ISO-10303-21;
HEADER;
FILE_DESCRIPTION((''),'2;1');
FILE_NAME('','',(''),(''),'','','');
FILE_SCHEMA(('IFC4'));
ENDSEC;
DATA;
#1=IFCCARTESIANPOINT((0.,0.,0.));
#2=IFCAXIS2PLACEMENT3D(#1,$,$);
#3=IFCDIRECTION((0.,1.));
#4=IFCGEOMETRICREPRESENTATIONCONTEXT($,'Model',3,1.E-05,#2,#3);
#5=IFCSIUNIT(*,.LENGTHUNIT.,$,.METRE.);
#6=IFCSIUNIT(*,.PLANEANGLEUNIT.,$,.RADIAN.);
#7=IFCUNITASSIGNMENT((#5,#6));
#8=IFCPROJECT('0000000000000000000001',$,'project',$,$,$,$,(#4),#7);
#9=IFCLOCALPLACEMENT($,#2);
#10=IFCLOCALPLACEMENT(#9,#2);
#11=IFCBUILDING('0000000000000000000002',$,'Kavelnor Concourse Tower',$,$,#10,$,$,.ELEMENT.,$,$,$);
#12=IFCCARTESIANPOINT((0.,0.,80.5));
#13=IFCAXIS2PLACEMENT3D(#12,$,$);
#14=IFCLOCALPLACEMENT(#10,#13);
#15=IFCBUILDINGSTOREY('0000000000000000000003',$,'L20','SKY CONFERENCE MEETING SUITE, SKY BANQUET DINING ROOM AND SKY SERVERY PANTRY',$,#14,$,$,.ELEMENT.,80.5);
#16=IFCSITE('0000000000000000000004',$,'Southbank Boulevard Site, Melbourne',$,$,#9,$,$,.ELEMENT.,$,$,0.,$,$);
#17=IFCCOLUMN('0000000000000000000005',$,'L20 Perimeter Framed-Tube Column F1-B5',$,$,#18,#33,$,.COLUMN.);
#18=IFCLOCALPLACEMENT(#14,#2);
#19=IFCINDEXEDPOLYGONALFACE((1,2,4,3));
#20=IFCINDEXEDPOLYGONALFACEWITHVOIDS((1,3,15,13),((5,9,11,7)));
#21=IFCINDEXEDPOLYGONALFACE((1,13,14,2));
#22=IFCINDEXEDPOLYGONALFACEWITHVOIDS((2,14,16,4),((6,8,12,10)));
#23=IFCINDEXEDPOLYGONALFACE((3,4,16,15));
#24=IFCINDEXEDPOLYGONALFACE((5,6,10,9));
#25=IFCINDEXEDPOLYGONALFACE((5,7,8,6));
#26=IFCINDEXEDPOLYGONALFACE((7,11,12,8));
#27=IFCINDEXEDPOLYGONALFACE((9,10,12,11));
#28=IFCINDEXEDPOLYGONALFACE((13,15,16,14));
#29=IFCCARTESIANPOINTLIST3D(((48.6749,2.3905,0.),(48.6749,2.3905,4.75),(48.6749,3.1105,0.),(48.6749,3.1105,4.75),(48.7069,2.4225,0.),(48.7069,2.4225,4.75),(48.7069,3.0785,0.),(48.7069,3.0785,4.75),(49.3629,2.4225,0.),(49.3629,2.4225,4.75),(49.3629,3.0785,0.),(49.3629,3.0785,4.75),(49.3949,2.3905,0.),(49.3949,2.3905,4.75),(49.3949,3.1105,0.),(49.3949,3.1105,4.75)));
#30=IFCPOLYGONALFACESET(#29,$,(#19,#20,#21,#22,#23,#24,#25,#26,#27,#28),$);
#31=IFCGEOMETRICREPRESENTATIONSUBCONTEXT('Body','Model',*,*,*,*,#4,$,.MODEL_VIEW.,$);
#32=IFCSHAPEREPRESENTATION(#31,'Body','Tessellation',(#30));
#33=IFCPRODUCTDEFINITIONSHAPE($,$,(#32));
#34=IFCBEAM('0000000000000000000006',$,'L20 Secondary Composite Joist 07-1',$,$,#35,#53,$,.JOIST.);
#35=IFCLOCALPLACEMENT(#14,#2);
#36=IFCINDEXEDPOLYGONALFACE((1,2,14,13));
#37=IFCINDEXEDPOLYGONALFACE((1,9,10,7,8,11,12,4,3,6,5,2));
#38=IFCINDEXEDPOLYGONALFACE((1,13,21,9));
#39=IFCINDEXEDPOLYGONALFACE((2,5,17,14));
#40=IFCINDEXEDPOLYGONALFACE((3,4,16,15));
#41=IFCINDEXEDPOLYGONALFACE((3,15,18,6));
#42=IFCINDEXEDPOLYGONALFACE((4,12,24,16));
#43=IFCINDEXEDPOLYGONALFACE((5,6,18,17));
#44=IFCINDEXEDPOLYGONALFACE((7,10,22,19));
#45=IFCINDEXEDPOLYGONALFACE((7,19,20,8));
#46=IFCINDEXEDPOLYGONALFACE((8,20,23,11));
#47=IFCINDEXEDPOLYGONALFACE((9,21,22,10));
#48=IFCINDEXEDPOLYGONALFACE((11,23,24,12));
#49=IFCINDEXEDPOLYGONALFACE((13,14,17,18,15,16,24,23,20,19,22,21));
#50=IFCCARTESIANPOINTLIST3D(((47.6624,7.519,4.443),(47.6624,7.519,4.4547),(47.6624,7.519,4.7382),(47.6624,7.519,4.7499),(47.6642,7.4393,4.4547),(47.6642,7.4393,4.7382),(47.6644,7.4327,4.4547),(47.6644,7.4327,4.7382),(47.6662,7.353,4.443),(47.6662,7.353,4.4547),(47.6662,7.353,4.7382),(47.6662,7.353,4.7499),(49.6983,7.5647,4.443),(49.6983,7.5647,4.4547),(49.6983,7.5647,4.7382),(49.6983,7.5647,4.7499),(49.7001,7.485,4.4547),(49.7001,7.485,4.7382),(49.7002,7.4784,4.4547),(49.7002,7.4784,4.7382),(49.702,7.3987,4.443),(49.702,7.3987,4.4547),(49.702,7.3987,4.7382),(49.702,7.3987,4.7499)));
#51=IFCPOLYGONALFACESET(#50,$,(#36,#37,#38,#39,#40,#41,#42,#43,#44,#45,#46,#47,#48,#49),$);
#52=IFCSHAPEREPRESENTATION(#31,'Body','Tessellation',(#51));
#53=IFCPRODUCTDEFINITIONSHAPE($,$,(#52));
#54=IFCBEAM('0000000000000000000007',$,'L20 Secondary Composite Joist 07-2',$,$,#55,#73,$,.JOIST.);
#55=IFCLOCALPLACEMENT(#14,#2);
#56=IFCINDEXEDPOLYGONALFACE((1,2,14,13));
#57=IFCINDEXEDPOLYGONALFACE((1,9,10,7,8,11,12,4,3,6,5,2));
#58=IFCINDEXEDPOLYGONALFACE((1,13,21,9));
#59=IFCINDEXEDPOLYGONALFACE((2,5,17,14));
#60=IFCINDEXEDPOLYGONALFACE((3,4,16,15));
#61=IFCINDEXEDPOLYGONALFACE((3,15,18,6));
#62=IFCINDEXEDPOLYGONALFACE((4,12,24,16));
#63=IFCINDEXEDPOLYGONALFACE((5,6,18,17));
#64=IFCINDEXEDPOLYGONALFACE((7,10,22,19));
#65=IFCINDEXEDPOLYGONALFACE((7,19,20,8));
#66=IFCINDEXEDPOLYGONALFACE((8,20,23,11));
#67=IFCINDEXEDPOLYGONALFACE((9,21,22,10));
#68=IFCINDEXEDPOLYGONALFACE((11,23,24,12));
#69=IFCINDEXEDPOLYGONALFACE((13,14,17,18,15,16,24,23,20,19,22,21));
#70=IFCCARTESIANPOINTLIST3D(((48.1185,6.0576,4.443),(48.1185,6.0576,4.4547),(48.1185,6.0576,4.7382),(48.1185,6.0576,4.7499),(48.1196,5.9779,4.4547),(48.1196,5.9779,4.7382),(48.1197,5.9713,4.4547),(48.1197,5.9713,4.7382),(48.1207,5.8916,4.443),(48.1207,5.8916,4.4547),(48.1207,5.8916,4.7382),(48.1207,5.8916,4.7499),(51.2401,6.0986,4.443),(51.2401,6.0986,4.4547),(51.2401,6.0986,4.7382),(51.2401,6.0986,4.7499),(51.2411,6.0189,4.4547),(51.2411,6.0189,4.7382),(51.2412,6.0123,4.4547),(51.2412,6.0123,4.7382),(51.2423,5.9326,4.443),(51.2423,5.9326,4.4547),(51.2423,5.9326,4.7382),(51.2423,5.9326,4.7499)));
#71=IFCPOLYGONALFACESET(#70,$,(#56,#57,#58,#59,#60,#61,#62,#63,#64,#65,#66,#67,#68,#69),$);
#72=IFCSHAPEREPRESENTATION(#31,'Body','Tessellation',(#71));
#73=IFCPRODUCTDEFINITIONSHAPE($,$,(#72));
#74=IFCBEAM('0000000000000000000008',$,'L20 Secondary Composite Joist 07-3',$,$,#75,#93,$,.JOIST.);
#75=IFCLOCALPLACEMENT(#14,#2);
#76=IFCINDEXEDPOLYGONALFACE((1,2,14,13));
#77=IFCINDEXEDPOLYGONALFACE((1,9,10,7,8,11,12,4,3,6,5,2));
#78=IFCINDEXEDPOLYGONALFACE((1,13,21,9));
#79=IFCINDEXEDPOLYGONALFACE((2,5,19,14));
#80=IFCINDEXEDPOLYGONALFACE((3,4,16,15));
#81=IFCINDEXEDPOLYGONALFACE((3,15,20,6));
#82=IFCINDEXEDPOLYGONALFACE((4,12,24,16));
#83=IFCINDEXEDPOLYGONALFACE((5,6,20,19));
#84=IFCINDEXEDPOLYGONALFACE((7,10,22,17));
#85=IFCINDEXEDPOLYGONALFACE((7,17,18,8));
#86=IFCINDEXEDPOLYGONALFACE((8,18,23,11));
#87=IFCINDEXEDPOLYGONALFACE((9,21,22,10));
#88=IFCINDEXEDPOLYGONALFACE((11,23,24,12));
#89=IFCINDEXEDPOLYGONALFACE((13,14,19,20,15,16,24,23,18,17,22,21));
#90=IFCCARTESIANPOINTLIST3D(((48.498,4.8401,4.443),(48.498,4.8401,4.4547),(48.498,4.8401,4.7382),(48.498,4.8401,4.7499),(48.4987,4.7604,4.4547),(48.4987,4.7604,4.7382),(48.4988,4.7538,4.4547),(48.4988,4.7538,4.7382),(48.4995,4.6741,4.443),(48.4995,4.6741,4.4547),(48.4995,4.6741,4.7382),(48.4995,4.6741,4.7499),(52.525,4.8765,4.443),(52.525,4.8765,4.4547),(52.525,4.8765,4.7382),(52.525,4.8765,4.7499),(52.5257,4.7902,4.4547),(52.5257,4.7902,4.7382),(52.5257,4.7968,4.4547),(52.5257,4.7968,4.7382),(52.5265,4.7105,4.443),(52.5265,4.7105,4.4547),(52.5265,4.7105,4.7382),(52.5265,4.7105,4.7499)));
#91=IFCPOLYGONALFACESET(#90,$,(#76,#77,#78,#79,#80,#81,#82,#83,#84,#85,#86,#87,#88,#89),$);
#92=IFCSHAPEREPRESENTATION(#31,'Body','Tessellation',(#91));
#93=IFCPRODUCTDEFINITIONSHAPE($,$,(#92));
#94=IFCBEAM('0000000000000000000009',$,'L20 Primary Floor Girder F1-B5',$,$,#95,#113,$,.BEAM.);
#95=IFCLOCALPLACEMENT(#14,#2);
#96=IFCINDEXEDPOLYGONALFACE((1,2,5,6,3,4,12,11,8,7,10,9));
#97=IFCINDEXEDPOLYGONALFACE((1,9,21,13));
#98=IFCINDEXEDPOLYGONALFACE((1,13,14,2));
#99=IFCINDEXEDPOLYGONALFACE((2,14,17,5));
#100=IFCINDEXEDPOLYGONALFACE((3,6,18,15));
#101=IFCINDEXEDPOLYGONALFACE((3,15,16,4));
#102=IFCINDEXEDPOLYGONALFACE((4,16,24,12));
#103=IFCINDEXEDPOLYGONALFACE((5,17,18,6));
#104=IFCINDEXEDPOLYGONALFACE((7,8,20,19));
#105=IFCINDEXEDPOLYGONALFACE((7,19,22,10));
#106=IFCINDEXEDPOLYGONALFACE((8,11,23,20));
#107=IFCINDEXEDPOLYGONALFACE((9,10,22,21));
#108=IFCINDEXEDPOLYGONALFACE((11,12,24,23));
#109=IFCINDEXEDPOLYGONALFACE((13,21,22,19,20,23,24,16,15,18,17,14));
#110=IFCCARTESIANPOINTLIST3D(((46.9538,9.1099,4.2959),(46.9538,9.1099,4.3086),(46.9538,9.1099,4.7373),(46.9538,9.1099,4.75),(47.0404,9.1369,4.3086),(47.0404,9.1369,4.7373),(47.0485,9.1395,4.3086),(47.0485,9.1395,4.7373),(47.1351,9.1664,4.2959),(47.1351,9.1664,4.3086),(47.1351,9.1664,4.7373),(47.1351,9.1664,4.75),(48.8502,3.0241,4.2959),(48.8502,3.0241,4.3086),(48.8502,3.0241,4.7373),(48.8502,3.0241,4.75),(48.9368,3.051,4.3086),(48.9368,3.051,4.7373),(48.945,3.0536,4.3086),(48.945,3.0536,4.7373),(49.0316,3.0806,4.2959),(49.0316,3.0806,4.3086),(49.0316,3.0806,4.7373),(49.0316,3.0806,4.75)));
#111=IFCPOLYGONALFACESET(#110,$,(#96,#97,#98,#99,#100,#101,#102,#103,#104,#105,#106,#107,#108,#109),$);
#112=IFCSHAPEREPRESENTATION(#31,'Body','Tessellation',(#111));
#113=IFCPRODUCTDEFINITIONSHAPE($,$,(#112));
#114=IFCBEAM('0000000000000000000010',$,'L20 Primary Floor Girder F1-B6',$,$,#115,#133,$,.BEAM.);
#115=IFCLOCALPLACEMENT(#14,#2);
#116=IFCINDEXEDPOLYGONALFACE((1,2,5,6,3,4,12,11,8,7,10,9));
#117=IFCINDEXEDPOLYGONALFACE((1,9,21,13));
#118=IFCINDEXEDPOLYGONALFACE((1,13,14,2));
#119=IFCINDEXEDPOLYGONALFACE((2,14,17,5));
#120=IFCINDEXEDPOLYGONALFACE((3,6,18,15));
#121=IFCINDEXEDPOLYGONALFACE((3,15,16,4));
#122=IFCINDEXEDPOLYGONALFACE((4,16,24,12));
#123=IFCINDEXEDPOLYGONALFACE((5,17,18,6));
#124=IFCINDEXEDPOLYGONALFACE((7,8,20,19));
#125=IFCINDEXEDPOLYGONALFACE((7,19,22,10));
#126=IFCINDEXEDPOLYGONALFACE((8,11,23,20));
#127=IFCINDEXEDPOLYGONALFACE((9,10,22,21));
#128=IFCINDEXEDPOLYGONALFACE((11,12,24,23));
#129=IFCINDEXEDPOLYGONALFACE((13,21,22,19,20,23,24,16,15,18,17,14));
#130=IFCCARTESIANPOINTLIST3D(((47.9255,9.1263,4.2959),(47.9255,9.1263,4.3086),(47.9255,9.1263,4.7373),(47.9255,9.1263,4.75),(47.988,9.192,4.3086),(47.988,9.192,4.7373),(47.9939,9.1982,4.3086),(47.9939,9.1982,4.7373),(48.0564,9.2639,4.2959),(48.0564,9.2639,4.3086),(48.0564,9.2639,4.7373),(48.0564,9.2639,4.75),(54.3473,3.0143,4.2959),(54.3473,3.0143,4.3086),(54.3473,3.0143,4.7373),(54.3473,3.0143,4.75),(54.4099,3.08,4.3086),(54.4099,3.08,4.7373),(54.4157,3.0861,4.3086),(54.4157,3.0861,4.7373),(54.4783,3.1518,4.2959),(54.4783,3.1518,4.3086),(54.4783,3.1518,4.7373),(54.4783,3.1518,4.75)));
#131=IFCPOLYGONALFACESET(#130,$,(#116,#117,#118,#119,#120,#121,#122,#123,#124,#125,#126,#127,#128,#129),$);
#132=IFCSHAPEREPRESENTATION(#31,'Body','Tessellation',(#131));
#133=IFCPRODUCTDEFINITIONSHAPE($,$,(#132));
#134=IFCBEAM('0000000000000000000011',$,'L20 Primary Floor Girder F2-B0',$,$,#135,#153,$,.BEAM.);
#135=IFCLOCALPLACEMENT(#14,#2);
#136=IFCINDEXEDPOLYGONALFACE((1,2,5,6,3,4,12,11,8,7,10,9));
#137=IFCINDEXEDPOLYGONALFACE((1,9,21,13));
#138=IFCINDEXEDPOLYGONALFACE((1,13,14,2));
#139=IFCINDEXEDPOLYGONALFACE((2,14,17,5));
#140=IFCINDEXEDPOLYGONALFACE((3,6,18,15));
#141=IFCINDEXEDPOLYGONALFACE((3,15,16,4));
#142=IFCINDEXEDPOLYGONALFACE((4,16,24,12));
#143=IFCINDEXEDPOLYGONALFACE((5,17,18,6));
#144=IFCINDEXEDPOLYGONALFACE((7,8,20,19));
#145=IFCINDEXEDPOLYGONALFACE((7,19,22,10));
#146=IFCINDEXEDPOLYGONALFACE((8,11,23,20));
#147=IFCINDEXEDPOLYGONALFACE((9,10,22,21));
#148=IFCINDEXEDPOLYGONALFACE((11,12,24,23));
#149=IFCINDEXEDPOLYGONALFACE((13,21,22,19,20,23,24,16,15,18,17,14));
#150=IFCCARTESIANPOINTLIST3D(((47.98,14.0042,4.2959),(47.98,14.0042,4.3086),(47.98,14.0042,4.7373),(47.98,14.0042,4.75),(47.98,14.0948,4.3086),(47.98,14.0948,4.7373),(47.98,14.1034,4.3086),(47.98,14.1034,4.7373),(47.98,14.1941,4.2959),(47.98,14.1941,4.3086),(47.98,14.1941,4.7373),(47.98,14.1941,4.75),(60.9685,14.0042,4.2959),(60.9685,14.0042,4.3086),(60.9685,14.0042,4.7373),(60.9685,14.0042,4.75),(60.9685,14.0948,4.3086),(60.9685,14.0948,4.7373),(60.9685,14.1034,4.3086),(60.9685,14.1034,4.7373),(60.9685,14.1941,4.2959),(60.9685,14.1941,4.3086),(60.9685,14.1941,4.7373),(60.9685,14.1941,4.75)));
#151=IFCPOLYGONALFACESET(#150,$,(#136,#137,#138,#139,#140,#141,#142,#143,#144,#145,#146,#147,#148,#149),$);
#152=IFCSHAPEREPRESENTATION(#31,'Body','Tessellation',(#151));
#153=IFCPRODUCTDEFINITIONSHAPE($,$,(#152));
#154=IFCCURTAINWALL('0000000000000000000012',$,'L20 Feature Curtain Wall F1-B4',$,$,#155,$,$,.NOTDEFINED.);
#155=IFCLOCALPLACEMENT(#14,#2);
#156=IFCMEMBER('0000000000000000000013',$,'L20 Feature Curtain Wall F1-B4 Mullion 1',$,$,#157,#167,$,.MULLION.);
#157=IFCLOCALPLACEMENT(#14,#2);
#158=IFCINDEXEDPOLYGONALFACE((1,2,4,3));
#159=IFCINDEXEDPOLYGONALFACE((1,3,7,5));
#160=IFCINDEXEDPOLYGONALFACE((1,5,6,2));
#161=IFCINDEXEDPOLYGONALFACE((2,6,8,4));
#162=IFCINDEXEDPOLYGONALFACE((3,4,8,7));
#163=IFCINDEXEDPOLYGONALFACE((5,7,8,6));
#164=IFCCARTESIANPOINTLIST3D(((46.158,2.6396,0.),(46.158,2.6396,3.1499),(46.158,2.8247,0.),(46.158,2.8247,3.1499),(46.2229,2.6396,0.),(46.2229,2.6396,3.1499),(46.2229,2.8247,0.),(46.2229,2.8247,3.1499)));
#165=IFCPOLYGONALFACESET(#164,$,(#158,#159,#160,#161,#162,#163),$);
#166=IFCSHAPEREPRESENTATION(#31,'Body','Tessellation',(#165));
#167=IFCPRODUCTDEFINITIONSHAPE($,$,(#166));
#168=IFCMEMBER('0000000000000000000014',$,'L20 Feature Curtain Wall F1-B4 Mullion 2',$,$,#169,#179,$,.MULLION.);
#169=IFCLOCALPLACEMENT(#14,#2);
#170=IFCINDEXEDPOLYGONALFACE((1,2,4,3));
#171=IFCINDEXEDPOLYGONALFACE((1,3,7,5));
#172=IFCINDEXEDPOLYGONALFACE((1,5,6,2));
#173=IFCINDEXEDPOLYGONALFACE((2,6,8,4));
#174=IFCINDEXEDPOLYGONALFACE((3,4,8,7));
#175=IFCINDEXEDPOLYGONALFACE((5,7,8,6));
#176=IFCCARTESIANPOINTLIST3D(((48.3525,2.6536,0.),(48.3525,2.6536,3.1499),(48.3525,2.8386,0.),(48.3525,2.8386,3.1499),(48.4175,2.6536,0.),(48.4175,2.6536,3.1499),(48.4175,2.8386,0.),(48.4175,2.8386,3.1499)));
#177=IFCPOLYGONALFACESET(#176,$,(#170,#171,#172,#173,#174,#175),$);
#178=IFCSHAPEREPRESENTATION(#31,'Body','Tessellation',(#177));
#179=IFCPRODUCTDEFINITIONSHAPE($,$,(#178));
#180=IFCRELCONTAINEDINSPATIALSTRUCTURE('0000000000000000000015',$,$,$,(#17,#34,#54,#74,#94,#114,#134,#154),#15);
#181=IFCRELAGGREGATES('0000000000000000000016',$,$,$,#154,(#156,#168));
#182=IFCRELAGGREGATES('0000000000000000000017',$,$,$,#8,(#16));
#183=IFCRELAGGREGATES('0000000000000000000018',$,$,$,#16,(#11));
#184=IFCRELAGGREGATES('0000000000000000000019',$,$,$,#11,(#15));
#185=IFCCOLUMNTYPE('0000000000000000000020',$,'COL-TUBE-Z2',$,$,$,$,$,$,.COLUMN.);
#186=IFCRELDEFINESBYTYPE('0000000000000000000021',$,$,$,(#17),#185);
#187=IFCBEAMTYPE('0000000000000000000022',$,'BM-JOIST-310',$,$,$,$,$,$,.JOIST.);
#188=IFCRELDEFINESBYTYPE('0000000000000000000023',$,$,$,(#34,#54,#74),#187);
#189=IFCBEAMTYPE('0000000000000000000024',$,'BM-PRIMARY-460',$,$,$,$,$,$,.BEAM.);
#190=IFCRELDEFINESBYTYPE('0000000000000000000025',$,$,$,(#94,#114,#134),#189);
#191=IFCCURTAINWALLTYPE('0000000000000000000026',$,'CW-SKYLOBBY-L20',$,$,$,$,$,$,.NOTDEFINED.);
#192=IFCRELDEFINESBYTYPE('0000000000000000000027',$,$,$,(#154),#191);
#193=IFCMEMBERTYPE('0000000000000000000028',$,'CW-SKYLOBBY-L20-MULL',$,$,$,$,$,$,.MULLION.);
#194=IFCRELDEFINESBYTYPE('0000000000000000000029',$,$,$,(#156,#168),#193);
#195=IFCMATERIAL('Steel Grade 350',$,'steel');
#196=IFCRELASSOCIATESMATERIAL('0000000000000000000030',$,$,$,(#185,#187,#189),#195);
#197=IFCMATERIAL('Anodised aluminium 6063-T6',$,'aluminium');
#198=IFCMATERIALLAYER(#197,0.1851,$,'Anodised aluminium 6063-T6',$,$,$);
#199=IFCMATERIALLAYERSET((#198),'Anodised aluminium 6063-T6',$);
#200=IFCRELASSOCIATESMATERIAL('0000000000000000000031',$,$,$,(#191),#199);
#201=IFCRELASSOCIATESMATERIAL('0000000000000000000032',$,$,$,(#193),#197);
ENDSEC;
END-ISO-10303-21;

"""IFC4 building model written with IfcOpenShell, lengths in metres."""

from ifc_helpers import new_model, si_unit, direction, frame, origin, origin_2d, place, context, subcontext, project, spatial, rectangle, hollow_rectangle, i_section, extrude, material, layer, layer_set, material_profile, profile_set, type_object, element, aggregate, save


model = new_model("IFC4")

# Units and contexts
model_context = context("Model", 3, precision=1e-05, world=origin(), true_north=direction((0.0, 1.0)))
body_context = subcontext(model_context, "Body", "Model", "MODEL_VIEW")
ifc_project = project(units=[si_unit("LENGTHUNIT", "METRE"), si_unit("PLANEANGLEUNIT", "RADIAN")], contexts=[model_context])

# Site, building, storey
site_placement = place(None, origin())
site = spatial("IfcSite", under=ifc_project, at=site_placement, Name="Southbank Boulevard Site, Melbourne", CompositionType="ELEMENT", RefElevation=0.0)
building_placement = place(site_placement, origin())
building = spatial("IfcBuilding", under=site, at=building_placement, Name="Kavelnor Concourse Tower", CompositionType="ELEMENT")
storey_placement = place(building_placement, frame((0.0, 0.0, 80.5)))
storey = spatial("IfcBuildingStorey", under=building, at=storey_placement, Name="L20", Description="SKY CONFERENCE MEETING SUITE, SKY BANQUET DINING ROOM AND SKY SERVERY PANTRY", CompositionType="ELEMENT", Elevation=80.5)

# Column
ifc_material_1 = material(Name="Steel Grade 350", Category="steel")
ifc_material_profile_1 = material_profile(ifc_material_1, hollow_rectangle(XDim=0.72, YDim=0.72, WallThickness=0.032, at=origin_2d()), Name="SHS 720x720x32")
ifc_profile_set_1 = profile_set([ifc_material_profile_1], Name="Steel Grade 350")
column_type = type_object("IfcColumnType", Name="COL-TUBE-Z2", PredefinedType="COLUMN", material=ifc_profile_set_1)
column_placement = place(storey_placement, frame((49.0349, 2.7505, 0.0), z_axis=(0.0, 0.0, 1.0), x_axis=(1.0, 0.0, 0.0)))
element("IfcColumn", 1, at=column_placement, inside=storey, type_object=column_type, Name="L20 Perimeter Framed-Tube Column F1-B5", PredefinedType="COLUMN", context=body_context, shape_type="SweptSolid", body=[
    extrude(hollow_rectangle(XDim=0.72, YDim=0.72, WallThickness=0.032, at=origin_2d()), origin(), (0.0, 0.0, 1.0), 4.75),
])

# Beams
ifc_material_profile_2 = material_profile(ifc_material_1, i_section(OverallWidth=0.166, OverallDepth=0.3069, WebThickness=0.0066, FlangeThickness=0.0117, at=origin_2d()), Name="310UB46")
ifc_profile_set_2 = profile_set([ifc_material_profile_2], Name="Steel Grade 350")
beam_type_1 = type_object("IfcBeamType", Name="BM-JOIST-310", PredefinedType="JOIST", material=ifc_profile_set_2)
beam_1_placement = place(storey_placement, frame((47.6643, 7.436, 4.5964), z_axis=(0.999749, 0.022419, 0.0), x_axis=(-0.022419, 0.999749, 0.0)))
element("IfcBeam", 2, at=beam_1_placement, inside=storey, type_object=beam_type_1, Name="L20 Secondary Composite Joist 07-1", PredefinedType="JOIST", context=body_context, shape_type="SweptSolid", body=[
    extrude(i_section(OverallWidth=0.166, OverallDepth=0.3069, WebThickness=0.0066, FlangeThickness=0.0117, at=origin_2d()), origin(), (0.0, 0.0, 1.0), 2.0364),
])
beam_2_placement = place(storey_placement, frame((48.1196, 5.9746, 4.5964), z_axis=(0.999914, 0.013138, 0.0), x_axis=(-0.013138, 0.999914, 0.0)))
element("IfcBeam", 3, at=beam_2_placement, inside=storey, type_object=beam_type_1, Name="L20 Secondary Composite Joist 07-2", PredefinedType="JOIST", context=body_context, shape_type="SweptSolid", body=[
    extrude(i_section(OverallWidth=0.166, OverallDepth=0.3069, WebThickness=0.0066, FlangeThickness=0.0117, at=origin_2d()), origin(), (0.0, 0.0, 1.0), 3.1218),
])
beam_3_placement = place(storey_placement, frame((48.4988, 4.7571, 4.5964), z_axis=(0.999959, 0.009033, 0.0), x_axis=(-0.009033, 0.999959, 0.0)))
element("IfcBeam", 4, at=beam_3_placement, inside=storey, type_object=beam_type_1, Name="L20 Secondary Composite Joist 07-3", PredefinedType="JOIST", context=body_context, shape_type="SweptSolid", body=[
    extrude(i_section(OverallWidth=0.166, OverallDepth=0.3069, WebThickness=0.0066, FlangeThickness=0.0117, at=origin_2d()), origin(), (0.0, 0.0, 1.0), 4.0271),
])
ifc_material_profile_3 = material_profile(ifc_material_1, i_section(OverallWidth=0.1899, OverallDepth=0.4541, WebThickness=0.0085, FlangeThickness=0.0127, at=origin_2d()), Name="460UB67")
ifc_profile_set_3 = profile_set([ifc_material_profile_3], Name="Steel Grade 350")
beam_type_2 = type_object("IfcBeamType", Name="BM-PRIMARY-460", PredefinedType="BEAM", material=ifc_profile_set_3)
beam_4_placement = place(storey_placement, frame((47.0444, 9.1382, 4.5229), z_axis=(0.297507, -0.95472, 0.0), x_axis=(0.95472, 0.297507, 0.0)))
element("IfcBeam", 5, at=beam_4_placement, inside=storey, type_object=beam_type_2, Name="L20 Primary Floor Girder F1-B5", PredefinedType="BEAM", context=body_context, shape_type="SweptSolid", body=[
    extrude(i_section(OverallWidth=0.1899, OverallDepth=0.4541, WebThickness=0.0085, FlangeThickness=0.0127, at=origin_2d()), origin(), (0.0, 0.0, 1.0), 6.3745),
])
beam_5_placement = place(storey_placement, frame((47.991, 9.1951, 4.5229), z_axis=(0.724364, -0.689418, 0.0), x_axis=(0.689418, 0.724364, 0.0)))
element("IfcBeam", 6, at=beam_5_placement, inside=storey, type_object=beam_type_2, Name="L20 Primary Floor Girder F1-B6", PredefinedType="BEAM", context=body_context, shape_type="SweptSolid", body=[
    extrude(i_section(OverallWidth=0.1899, OverallDepth=0.4541, WebThickness=0.0085, FlangeThickness=0.0127, at=origin_2d()), origin(), (0.0, 0.0, 1.0), 8.8655),
])
beam_6_placement = place(storey_placement, frame((47.98, 14.0991, 4.5229), z_axis=(1.0, 0.0, 0.0), x_axis=(0.0, 1.0, 0.0)))
element("IfcBeam", 7, at=beam_6_placement, inside=storey, type_object=beam_type_2, Name="L20 Primary Floor Girder F2-B0", PredefinedType="BEAM", context=body_context, shape_type="SweptSolid", body=[
    extrude(i_section(OverallWidth=0.1899, OverallDepth=0.4541, WebThickness=0.0085, FlangeThickness=0.0127, at=origin_2d()), origin(), (0.0, 0.0, 1.0), 12.9885),
])

# Curtain wall, members
ifc_material_2 = material(Name="Anodised aluminium 6063-T6", Category="aluminium")
ifc_layer_1 = layer(ifc_material_2, 0.1851, Name="Anodised aluminium 6063-T6")
ifc_layer_set_1 = layer_set([ifc_layer_1], Name="Anodised aluminium 6063-T6")
curtain_wall_type = type_object("IfcCurtainWallType", Name="CW-SKYLOBBY-L20", PredefinedType="NOTDEFINED", material=ifc_layer_set_1)
curtain_wall_placement = place(storey_placement, origin())
curtain_wall = element("IfcCurtainWall", 8, at=curtain_wall_placement, inside=storey, type_object=curtain_wall_type, Name="L20 Feature Curtain Wall F1-B4", PredefinedType="NOTDEFINED")
ifc_material_profile_4 = material_profile(ifc_material_2, rectangle(XDim=0.0649, YDim=0.1851, at=origin_2d()), Name="AL-MULL 65x185")
ifc_profile_set_4 = profile_set([ifc_material_profile_4], Name="Anodised aluminium 6063-T6")
member_type = type_object("IfcMemberType", Name="CW-SKYLOBBY-L20-MULL", PredefinedType="MULLION", material=ifc_profile_set_4)
member_1_placement = place(storey_placement, frame((46.1904, 2.7322, 0.0), z_axis=(0.0, 0.0, 1.0), x_axis=(1.0, 0.0, 0.0)))
member_1 = element("IfcMember", 9, at=member_1_placement, type_object=member_type, Name="L20 Feature Curtain Wall F1-B4 Mullion 1", PredefinedType="MULLION", context=body_context, shape_type="SweptSolid", body=[
    extrude(rectangle(XDim=0.0649, YDim=0.1851, at=origin_2d()), origin(), (0.0, 0.0, 1.0), 3.1499),
])
member_2_placement = place(storey_placement, frame((48.385, 2.7461, 0.0), z_axis=(0.0, 0.0, 1.0), x_axis=(1.0, 0.0, 0.0)))
member_2 = element("IfcMember", 10, at=member_2_placement, type_object=member_type, Name="L20 Feature Curtain Wall F1-B4 Mullion 2", PredefinedType="MULLION", context=body_context, shape_type="SweptSolid", body=[
    extrude(rectangle(XDim=0.0649, YDim=0.1851, at=origin_2d()), origin(), (0.0, 0.0, 1.0), 3.1499),
])
aggregate(curtain_wall, [member_1, member_2])

save(model, "model.ifc")
